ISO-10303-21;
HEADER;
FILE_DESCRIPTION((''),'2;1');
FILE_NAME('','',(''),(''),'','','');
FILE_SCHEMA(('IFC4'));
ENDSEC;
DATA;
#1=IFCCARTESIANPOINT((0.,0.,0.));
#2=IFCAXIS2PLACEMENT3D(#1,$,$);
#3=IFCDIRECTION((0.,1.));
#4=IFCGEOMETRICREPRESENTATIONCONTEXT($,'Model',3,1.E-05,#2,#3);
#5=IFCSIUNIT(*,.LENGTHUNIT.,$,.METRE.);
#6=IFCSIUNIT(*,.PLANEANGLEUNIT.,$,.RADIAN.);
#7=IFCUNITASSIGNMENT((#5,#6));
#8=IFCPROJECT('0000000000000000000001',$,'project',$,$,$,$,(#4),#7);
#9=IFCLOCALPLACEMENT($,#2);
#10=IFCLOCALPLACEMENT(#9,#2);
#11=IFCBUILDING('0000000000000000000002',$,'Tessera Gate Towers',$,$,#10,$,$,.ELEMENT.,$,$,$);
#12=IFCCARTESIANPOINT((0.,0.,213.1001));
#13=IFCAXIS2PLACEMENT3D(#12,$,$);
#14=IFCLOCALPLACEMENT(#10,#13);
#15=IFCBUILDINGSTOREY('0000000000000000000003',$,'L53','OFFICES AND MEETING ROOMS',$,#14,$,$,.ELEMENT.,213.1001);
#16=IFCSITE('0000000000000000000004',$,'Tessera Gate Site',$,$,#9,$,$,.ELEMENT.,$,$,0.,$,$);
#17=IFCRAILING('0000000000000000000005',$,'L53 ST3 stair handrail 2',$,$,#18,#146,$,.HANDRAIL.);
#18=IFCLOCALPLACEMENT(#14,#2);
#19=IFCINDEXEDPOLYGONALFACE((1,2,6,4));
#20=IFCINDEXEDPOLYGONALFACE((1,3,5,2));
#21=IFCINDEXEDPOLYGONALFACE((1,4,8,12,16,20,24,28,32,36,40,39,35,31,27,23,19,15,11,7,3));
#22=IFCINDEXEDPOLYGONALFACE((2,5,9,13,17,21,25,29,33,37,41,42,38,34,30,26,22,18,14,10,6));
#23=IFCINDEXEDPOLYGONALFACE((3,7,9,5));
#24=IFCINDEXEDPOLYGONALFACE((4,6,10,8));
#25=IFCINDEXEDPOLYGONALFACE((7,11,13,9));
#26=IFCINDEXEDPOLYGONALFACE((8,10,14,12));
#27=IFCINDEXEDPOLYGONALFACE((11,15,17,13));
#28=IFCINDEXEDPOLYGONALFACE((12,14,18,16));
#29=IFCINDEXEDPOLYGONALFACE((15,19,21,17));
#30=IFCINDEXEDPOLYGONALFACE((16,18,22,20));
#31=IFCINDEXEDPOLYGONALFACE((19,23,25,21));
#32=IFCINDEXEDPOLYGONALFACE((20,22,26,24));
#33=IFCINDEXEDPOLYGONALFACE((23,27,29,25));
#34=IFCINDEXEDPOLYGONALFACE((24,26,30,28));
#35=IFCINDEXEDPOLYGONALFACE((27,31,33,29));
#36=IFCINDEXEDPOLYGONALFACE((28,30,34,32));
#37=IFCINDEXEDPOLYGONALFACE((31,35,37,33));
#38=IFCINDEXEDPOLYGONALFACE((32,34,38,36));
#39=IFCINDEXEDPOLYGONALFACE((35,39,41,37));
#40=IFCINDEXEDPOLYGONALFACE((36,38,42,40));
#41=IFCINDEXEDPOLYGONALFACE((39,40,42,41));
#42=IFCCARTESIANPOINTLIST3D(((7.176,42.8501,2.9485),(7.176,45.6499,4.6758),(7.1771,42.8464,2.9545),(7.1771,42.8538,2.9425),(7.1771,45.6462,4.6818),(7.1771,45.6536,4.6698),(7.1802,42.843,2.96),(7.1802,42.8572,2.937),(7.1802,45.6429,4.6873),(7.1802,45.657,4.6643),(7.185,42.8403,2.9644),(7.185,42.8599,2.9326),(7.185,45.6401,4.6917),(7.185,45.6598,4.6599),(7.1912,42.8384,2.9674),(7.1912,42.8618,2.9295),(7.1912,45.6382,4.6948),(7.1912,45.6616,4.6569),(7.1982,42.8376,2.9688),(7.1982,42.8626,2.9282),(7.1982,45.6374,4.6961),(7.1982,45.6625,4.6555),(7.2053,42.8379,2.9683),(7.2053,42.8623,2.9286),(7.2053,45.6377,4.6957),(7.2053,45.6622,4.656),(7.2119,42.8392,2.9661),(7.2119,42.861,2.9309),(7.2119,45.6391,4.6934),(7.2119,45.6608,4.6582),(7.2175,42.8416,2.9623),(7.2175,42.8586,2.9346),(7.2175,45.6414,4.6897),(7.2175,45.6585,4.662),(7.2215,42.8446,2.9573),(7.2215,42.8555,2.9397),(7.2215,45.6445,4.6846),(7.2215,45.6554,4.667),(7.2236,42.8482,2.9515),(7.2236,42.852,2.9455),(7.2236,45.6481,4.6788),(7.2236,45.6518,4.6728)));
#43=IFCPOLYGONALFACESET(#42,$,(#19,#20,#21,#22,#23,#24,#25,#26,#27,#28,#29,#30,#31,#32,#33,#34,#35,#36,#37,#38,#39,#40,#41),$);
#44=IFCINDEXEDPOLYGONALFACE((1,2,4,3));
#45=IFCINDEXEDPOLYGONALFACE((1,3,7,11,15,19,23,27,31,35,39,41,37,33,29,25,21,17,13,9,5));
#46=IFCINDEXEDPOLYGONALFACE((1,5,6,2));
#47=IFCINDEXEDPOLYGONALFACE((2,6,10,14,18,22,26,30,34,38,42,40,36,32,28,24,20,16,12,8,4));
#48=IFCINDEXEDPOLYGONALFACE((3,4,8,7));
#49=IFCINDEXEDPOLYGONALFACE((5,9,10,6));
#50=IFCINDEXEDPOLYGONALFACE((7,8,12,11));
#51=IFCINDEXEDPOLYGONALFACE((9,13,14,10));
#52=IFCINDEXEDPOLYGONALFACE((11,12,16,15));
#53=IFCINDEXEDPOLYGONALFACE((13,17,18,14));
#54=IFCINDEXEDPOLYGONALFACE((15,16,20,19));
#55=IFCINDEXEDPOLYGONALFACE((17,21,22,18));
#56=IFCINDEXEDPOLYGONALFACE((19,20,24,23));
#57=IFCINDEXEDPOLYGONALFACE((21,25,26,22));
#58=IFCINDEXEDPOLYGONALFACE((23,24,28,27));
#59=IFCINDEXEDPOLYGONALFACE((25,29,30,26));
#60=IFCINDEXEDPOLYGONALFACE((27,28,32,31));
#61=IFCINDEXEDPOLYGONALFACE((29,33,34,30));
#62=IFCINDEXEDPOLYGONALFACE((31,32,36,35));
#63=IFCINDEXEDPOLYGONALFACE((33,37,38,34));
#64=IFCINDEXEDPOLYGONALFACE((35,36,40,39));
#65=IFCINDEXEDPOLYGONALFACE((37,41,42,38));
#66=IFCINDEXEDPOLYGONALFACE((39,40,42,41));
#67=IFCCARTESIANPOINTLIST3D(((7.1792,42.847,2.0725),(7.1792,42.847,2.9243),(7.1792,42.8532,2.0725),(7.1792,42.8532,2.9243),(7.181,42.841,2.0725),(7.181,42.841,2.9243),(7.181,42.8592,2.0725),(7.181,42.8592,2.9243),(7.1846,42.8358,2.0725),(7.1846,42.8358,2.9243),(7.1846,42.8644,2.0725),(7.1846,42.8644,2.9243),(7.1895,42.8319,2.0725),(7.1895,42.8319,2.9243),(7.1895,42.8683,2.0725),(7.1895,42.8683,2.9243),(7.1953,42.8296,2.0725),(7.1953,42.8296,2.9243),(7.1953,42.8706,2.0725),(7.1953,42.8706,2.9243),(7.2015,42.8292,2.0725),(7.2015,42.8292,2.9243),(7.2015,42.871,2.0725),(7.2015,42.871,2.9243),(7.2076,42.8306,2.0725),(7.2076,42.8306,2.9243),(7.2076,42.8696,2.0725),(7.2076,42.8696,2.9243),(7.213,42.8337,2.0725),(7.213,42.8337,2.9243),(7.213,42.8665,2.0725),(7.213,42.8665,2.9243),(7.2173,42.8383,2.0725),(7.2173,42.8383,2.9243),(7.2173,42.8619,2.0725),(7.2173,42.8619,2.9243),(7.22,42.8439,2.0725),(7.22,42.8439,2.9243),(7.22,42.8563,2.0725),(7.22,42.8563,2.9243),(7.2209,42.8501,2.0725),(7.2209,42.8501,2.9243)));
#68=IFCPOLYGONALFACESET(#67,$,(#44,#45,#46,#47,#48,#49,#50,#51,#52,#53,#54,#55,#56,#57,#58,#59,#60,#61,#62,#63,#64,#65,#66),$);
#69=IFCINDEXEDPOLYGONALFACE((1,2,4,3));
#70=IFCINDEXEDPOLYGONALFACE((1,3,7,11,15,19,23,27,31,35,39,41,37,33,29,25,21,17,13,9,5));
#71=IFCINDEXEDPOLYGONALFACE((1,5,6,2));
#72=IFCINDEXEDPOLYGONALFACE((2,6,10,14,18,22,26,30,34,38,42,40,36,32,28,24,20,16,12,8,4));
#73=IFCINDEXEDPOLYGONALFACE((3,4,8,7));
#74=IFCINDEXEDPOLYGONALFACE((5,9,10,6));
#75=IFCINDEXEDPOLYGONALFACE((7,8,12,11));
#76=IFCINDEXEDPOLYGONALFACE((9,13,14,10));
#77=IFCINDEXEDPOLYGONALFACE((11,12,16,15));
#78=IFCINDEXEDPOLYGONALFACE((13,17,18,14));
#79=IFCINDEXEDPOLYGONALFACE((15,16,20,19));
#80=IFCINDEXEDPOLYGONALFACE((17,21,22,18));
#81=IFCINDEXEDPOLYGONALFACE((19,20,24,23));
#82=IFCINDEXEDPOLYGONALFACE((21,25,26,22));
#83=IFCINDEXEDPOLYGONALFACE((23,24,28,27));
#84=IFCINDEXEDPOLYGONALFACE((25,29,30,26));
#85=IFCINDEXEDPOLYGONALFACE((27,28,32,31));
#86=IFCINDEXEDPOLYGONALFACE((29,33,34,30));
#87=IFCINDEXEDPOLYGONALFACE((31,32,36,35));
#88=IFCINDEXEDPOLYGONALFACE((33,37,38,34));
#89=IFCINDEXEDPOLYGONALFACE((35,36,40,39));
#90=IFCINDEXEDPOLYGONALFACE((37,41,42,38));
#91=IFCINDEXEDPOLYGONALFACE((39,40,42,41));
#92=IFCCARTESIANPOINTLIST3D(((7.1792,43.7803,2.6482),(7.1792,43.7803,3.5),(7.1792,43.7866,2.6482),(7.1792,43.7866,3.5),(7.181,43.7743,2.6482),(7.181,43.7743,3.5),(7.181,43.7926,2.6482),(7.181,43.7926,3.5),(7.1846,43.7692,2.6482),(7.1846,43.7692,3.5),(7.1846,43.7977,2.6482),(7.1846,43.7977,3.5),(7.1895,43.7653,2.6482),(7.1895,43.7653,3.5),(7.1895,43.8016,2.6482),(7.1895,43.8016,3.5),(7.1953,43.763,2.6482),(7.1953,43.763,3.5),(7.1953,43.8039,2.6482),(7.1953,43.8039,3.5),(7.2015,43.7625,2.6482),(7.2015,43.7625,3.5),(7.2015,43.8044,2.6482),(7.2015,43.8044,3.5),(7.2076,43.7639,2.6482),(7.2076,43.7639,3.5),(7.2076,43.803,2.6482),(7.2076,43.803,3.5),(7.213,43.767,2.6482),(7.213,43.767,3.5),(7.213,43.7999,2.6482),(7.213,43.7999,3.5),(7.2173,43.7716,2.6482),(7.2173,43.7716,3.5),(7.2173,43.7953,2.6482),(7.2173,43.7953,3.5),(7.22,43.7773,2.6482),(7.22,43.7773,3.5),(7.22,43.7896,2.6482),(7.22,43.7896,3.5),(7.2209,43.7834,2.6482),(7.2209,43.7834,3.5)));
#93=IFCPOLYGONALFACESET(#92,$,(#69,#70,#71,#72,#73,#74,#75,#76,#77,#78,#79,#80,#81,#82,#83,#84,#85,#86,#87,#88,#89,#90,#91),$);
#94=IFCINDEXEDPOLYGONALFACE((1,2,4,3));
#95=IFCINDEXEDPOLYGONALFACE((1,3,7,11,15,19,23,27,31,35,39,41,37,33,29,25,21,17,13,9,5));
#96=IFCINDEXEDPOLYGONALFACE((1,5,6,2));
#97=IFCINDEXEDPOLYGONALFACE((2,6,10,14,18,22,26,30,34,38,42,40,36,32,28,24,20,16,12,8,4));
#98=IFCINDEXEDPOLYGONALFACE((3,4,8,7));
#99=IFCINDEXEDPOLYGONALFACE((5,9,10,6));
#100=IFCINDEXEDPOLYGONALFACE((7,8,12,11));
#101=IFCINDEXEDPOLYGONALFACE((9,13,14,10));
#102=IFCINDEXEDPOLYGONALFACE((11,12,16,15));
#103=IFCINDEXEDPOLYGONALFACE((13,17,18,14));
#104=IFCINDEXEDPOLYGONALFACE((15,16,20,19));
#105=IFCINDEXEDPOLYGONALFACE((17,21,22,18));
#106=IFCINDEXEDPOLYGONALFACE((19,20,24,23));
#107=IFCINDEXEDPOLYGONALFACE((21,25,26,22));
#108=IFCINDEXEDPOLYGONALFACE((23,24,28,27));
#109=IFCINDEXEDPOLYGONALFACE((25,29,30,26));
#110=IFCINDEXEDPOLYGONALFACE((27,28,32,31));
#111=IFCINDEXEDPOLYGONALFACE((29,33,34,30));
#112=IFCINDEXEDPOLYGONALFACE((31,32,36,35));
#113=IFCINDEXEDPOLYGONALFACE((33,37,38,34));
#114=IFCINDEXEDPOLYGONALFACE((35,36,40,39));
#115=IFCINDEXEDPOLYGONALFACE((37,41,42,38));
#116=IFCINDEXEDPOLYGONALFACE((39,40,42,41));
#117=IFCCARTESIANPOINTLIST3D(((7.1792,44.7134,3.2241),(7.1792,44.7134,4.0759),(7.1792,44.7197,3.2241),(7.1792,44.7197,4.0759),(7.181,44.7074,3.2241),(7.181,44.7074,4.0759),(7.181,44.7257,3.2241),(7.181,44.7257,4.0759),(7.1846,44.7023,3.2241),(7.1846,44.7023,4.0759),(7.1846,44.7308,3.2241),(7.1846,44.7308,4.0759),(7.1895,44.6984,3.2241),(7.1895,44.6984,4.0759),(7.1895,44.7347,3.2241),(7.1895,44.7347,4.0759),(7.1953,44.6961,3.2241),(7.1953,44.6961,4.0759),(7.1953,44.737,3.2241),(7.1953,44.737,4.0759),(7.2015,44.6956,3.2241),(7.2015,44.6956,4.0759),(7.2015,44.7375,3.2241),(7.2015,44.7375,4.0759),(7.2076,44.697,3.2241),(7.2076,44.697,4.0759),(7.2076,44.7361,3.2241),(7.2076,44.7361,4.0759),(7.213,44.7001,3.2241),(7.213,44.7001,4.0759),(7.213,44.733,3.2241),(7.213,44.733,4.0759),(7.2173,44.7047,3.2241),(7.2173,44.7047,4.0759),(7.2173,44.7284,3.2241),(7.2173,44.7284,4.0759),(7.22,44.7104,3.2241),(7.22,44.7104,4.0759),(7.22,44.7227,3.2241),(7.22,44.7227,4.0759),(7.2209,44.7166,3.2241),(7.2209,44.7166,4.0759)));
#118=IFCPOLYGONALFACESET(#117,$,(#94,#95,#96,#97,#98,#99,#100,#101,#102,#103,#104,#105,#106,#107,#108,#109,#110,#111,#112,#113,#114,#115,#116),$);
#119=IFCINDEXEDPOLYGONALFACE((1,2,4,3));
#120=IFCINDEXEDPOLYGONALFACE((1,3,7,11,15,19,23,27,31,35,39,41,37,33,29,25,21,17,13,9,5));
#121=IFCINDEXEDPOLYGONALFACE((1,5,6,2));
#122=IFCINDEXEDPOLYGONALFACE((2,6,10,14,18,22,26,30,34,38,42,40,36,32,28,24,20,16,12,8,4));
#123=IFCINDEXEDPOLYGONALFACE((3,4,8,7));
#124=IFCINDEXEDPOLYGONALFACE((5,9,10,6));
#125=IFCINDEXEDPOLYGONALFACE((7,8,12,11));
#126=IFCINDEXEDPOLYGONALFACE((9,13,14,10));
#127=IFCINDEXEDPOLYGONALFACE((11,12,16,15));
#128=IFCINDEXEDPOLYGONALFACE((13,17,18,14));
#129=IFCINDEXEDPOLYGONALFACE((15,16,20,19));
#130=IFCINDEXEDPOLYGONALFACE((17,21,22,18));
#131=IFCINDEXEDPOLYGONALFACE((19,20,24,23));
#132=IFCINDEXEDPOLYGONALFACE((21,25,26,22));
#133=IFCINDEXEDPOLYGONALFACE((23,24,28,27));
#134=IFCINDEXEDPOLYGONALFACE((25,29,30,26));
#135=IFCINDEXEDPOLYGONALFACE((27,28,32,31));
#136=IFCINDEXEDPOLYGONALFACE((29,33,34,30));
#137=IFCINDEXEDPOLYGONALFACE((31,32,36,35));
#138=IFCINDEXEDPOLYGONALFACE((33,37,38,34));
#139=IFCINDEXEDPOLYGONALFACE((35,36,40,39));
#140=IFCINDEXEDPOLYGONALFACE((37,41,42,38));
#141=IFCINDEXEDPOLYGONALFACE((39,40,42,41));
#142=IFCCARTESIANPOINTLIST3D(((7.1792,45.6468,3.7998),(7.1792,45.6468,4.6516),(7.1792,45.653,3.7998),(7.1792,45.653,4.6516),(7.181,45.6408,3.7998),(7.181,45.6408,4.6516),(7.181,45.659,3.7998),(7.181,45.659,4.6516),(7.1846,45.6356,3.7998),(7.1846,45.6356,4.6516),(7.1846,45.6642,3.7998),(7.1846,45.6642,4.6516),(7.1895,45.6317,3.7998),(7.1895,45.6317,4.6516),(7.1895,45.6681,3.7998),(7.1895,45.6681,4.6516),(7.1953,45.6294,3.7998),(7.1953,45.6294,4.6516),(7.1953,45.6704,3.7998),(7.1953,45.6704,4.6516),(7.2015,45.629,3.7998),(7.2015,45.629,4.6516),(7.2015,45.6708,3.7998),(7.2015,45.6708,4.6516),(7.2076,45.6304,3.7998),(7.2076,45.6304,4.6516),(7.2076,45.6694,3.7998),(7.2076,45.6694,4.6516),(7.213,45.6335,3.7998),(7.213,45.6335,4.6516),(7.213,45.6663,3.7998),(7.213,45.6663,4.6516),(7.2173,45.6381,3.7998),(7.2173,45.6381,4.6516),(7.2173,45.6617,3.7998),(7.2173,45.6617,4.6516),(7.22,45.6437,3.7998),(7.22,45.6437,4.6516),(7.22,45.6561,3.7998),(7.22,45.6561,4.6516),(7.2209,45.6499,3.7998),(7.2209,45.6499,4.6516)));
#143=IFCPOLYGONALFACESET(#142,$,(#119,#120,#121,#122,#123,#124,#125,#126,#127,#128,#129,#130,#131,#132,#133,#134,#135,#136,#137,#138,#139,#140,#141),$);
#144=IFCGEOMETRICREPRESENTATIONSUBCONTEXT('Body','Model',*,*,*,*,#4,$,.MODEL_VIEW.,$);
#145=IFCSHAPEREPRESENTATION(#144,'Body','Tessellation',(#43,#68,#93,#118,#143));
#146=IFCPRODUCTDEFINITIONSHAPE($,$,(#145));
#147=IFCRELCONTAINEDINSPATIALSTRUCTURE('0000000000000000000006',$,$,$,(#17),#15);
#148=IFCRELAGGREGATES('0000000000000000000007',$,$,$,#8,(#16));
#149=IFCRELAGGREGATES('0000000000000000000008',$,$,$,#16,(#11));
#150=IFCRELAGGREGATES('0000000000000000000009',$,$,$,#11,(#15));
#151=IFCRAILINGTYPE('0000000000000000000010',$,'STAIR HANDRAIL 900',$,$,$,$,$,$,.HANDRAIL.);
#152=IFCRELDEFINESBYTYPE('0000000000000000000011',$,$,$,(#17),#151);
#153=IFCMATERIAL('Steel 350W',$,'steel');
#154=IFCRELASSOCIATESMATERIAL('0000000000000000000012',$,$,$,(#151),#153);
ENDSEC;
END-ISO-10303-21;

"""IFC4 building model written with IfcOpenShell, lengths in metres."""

from ifc_helpers import new_model, si_unit, direction, frame, origin, origin_2d, place, context, subcontext, project, spatial, circle, extrude, material, type_object, element, save


model = new_model("IFC4")

# Units and contexts
model_context = context("Model", 3, precision=1e-05, world=origin(), true_north=direction((0.0, 1.0)))
body_context = subcontext(model_context, "Body", "Model", "MODEL_VIEW")
ifc_project = project(units=[si_unit("LENGTHUNIT", "METRE"), si_unit("PLANEANGLEUNIT", "RADIAN")], contexts=[model_context])

# Site, building, storey
site_placement = place(None, origin())
site = spatial("IfcSite", under=ifc_project, at=site_placement, Name="Tessera Gate Site", CompositionType="ELEMENT", RefElevation=0.0)
building_placement = place(site_placement, origin())
building = spatial("IfcBuilding", under=site, at=building_placement, Name="Tessera Gate Towers", CompositionType="ELEMENT")
storey_placement = place(building_placement, frame((0.0, 0.0, 213.1001)))
storey = spatial("IfcBuildingStorey", under=building, at=storey_placement, Name="L53", Description="OFFICES AND MEETING ROOMS", CompositionType="ELEMENT", Elevation=213.1001)

# Railing
ifc_material_1 = material(Name="Steel 350W", Category="steel")
railing_type_1 = type_object("IfcRailingType", Name="STAIR HANDRAIL 900", PredefinedType="HANDRAIL", material=ifc_material_1)
railing_1_placement = place(storey_placement, frame((7.2, 42.8501, 2.0725)))
element("IfcRailing", 1, at=railing_1_placement, inside=storey, type_object=railing_type_1, Name="L53 ST3 stair handrail 2", PredefinedType="HANDRAIL", context=body_context, shape_type="SweptSolid", body=[
    extrude(circle(Radius=0.0239, at=origin_2d()), frame((0.0, 0.0, 0.876), z_axis=(0.0, 0.851069, 0.525054), x_axis=(-1.0, 0.0, 0.0)), (0.0, 0.0, 1.0), 3.2898),
    extrude(circle(Radius=0.021, at=origin_2d()), origin(), (0.0, 0.0, 1.0), 0.8518),
    extrude(circle(Radius=0.021, at=origin_2d()), frame((0.0, 0.9333, 0.5757)), (0.0, 0.0, 1.0), 0.8518),
    extrude(circle(Radius=0.021, at=origin_2d()), frame((0.0, 1.8665, 1.1516)), (0.0, 0.0, 1.0), 0.8518),
    extrude(circle(Radius=0.021, at=origin_2d()), frame((0.0, 2.7998, 1.7273)), (0.0, 0.0, 1.0), 0.8518),
])

save(model, "model.ifc")
